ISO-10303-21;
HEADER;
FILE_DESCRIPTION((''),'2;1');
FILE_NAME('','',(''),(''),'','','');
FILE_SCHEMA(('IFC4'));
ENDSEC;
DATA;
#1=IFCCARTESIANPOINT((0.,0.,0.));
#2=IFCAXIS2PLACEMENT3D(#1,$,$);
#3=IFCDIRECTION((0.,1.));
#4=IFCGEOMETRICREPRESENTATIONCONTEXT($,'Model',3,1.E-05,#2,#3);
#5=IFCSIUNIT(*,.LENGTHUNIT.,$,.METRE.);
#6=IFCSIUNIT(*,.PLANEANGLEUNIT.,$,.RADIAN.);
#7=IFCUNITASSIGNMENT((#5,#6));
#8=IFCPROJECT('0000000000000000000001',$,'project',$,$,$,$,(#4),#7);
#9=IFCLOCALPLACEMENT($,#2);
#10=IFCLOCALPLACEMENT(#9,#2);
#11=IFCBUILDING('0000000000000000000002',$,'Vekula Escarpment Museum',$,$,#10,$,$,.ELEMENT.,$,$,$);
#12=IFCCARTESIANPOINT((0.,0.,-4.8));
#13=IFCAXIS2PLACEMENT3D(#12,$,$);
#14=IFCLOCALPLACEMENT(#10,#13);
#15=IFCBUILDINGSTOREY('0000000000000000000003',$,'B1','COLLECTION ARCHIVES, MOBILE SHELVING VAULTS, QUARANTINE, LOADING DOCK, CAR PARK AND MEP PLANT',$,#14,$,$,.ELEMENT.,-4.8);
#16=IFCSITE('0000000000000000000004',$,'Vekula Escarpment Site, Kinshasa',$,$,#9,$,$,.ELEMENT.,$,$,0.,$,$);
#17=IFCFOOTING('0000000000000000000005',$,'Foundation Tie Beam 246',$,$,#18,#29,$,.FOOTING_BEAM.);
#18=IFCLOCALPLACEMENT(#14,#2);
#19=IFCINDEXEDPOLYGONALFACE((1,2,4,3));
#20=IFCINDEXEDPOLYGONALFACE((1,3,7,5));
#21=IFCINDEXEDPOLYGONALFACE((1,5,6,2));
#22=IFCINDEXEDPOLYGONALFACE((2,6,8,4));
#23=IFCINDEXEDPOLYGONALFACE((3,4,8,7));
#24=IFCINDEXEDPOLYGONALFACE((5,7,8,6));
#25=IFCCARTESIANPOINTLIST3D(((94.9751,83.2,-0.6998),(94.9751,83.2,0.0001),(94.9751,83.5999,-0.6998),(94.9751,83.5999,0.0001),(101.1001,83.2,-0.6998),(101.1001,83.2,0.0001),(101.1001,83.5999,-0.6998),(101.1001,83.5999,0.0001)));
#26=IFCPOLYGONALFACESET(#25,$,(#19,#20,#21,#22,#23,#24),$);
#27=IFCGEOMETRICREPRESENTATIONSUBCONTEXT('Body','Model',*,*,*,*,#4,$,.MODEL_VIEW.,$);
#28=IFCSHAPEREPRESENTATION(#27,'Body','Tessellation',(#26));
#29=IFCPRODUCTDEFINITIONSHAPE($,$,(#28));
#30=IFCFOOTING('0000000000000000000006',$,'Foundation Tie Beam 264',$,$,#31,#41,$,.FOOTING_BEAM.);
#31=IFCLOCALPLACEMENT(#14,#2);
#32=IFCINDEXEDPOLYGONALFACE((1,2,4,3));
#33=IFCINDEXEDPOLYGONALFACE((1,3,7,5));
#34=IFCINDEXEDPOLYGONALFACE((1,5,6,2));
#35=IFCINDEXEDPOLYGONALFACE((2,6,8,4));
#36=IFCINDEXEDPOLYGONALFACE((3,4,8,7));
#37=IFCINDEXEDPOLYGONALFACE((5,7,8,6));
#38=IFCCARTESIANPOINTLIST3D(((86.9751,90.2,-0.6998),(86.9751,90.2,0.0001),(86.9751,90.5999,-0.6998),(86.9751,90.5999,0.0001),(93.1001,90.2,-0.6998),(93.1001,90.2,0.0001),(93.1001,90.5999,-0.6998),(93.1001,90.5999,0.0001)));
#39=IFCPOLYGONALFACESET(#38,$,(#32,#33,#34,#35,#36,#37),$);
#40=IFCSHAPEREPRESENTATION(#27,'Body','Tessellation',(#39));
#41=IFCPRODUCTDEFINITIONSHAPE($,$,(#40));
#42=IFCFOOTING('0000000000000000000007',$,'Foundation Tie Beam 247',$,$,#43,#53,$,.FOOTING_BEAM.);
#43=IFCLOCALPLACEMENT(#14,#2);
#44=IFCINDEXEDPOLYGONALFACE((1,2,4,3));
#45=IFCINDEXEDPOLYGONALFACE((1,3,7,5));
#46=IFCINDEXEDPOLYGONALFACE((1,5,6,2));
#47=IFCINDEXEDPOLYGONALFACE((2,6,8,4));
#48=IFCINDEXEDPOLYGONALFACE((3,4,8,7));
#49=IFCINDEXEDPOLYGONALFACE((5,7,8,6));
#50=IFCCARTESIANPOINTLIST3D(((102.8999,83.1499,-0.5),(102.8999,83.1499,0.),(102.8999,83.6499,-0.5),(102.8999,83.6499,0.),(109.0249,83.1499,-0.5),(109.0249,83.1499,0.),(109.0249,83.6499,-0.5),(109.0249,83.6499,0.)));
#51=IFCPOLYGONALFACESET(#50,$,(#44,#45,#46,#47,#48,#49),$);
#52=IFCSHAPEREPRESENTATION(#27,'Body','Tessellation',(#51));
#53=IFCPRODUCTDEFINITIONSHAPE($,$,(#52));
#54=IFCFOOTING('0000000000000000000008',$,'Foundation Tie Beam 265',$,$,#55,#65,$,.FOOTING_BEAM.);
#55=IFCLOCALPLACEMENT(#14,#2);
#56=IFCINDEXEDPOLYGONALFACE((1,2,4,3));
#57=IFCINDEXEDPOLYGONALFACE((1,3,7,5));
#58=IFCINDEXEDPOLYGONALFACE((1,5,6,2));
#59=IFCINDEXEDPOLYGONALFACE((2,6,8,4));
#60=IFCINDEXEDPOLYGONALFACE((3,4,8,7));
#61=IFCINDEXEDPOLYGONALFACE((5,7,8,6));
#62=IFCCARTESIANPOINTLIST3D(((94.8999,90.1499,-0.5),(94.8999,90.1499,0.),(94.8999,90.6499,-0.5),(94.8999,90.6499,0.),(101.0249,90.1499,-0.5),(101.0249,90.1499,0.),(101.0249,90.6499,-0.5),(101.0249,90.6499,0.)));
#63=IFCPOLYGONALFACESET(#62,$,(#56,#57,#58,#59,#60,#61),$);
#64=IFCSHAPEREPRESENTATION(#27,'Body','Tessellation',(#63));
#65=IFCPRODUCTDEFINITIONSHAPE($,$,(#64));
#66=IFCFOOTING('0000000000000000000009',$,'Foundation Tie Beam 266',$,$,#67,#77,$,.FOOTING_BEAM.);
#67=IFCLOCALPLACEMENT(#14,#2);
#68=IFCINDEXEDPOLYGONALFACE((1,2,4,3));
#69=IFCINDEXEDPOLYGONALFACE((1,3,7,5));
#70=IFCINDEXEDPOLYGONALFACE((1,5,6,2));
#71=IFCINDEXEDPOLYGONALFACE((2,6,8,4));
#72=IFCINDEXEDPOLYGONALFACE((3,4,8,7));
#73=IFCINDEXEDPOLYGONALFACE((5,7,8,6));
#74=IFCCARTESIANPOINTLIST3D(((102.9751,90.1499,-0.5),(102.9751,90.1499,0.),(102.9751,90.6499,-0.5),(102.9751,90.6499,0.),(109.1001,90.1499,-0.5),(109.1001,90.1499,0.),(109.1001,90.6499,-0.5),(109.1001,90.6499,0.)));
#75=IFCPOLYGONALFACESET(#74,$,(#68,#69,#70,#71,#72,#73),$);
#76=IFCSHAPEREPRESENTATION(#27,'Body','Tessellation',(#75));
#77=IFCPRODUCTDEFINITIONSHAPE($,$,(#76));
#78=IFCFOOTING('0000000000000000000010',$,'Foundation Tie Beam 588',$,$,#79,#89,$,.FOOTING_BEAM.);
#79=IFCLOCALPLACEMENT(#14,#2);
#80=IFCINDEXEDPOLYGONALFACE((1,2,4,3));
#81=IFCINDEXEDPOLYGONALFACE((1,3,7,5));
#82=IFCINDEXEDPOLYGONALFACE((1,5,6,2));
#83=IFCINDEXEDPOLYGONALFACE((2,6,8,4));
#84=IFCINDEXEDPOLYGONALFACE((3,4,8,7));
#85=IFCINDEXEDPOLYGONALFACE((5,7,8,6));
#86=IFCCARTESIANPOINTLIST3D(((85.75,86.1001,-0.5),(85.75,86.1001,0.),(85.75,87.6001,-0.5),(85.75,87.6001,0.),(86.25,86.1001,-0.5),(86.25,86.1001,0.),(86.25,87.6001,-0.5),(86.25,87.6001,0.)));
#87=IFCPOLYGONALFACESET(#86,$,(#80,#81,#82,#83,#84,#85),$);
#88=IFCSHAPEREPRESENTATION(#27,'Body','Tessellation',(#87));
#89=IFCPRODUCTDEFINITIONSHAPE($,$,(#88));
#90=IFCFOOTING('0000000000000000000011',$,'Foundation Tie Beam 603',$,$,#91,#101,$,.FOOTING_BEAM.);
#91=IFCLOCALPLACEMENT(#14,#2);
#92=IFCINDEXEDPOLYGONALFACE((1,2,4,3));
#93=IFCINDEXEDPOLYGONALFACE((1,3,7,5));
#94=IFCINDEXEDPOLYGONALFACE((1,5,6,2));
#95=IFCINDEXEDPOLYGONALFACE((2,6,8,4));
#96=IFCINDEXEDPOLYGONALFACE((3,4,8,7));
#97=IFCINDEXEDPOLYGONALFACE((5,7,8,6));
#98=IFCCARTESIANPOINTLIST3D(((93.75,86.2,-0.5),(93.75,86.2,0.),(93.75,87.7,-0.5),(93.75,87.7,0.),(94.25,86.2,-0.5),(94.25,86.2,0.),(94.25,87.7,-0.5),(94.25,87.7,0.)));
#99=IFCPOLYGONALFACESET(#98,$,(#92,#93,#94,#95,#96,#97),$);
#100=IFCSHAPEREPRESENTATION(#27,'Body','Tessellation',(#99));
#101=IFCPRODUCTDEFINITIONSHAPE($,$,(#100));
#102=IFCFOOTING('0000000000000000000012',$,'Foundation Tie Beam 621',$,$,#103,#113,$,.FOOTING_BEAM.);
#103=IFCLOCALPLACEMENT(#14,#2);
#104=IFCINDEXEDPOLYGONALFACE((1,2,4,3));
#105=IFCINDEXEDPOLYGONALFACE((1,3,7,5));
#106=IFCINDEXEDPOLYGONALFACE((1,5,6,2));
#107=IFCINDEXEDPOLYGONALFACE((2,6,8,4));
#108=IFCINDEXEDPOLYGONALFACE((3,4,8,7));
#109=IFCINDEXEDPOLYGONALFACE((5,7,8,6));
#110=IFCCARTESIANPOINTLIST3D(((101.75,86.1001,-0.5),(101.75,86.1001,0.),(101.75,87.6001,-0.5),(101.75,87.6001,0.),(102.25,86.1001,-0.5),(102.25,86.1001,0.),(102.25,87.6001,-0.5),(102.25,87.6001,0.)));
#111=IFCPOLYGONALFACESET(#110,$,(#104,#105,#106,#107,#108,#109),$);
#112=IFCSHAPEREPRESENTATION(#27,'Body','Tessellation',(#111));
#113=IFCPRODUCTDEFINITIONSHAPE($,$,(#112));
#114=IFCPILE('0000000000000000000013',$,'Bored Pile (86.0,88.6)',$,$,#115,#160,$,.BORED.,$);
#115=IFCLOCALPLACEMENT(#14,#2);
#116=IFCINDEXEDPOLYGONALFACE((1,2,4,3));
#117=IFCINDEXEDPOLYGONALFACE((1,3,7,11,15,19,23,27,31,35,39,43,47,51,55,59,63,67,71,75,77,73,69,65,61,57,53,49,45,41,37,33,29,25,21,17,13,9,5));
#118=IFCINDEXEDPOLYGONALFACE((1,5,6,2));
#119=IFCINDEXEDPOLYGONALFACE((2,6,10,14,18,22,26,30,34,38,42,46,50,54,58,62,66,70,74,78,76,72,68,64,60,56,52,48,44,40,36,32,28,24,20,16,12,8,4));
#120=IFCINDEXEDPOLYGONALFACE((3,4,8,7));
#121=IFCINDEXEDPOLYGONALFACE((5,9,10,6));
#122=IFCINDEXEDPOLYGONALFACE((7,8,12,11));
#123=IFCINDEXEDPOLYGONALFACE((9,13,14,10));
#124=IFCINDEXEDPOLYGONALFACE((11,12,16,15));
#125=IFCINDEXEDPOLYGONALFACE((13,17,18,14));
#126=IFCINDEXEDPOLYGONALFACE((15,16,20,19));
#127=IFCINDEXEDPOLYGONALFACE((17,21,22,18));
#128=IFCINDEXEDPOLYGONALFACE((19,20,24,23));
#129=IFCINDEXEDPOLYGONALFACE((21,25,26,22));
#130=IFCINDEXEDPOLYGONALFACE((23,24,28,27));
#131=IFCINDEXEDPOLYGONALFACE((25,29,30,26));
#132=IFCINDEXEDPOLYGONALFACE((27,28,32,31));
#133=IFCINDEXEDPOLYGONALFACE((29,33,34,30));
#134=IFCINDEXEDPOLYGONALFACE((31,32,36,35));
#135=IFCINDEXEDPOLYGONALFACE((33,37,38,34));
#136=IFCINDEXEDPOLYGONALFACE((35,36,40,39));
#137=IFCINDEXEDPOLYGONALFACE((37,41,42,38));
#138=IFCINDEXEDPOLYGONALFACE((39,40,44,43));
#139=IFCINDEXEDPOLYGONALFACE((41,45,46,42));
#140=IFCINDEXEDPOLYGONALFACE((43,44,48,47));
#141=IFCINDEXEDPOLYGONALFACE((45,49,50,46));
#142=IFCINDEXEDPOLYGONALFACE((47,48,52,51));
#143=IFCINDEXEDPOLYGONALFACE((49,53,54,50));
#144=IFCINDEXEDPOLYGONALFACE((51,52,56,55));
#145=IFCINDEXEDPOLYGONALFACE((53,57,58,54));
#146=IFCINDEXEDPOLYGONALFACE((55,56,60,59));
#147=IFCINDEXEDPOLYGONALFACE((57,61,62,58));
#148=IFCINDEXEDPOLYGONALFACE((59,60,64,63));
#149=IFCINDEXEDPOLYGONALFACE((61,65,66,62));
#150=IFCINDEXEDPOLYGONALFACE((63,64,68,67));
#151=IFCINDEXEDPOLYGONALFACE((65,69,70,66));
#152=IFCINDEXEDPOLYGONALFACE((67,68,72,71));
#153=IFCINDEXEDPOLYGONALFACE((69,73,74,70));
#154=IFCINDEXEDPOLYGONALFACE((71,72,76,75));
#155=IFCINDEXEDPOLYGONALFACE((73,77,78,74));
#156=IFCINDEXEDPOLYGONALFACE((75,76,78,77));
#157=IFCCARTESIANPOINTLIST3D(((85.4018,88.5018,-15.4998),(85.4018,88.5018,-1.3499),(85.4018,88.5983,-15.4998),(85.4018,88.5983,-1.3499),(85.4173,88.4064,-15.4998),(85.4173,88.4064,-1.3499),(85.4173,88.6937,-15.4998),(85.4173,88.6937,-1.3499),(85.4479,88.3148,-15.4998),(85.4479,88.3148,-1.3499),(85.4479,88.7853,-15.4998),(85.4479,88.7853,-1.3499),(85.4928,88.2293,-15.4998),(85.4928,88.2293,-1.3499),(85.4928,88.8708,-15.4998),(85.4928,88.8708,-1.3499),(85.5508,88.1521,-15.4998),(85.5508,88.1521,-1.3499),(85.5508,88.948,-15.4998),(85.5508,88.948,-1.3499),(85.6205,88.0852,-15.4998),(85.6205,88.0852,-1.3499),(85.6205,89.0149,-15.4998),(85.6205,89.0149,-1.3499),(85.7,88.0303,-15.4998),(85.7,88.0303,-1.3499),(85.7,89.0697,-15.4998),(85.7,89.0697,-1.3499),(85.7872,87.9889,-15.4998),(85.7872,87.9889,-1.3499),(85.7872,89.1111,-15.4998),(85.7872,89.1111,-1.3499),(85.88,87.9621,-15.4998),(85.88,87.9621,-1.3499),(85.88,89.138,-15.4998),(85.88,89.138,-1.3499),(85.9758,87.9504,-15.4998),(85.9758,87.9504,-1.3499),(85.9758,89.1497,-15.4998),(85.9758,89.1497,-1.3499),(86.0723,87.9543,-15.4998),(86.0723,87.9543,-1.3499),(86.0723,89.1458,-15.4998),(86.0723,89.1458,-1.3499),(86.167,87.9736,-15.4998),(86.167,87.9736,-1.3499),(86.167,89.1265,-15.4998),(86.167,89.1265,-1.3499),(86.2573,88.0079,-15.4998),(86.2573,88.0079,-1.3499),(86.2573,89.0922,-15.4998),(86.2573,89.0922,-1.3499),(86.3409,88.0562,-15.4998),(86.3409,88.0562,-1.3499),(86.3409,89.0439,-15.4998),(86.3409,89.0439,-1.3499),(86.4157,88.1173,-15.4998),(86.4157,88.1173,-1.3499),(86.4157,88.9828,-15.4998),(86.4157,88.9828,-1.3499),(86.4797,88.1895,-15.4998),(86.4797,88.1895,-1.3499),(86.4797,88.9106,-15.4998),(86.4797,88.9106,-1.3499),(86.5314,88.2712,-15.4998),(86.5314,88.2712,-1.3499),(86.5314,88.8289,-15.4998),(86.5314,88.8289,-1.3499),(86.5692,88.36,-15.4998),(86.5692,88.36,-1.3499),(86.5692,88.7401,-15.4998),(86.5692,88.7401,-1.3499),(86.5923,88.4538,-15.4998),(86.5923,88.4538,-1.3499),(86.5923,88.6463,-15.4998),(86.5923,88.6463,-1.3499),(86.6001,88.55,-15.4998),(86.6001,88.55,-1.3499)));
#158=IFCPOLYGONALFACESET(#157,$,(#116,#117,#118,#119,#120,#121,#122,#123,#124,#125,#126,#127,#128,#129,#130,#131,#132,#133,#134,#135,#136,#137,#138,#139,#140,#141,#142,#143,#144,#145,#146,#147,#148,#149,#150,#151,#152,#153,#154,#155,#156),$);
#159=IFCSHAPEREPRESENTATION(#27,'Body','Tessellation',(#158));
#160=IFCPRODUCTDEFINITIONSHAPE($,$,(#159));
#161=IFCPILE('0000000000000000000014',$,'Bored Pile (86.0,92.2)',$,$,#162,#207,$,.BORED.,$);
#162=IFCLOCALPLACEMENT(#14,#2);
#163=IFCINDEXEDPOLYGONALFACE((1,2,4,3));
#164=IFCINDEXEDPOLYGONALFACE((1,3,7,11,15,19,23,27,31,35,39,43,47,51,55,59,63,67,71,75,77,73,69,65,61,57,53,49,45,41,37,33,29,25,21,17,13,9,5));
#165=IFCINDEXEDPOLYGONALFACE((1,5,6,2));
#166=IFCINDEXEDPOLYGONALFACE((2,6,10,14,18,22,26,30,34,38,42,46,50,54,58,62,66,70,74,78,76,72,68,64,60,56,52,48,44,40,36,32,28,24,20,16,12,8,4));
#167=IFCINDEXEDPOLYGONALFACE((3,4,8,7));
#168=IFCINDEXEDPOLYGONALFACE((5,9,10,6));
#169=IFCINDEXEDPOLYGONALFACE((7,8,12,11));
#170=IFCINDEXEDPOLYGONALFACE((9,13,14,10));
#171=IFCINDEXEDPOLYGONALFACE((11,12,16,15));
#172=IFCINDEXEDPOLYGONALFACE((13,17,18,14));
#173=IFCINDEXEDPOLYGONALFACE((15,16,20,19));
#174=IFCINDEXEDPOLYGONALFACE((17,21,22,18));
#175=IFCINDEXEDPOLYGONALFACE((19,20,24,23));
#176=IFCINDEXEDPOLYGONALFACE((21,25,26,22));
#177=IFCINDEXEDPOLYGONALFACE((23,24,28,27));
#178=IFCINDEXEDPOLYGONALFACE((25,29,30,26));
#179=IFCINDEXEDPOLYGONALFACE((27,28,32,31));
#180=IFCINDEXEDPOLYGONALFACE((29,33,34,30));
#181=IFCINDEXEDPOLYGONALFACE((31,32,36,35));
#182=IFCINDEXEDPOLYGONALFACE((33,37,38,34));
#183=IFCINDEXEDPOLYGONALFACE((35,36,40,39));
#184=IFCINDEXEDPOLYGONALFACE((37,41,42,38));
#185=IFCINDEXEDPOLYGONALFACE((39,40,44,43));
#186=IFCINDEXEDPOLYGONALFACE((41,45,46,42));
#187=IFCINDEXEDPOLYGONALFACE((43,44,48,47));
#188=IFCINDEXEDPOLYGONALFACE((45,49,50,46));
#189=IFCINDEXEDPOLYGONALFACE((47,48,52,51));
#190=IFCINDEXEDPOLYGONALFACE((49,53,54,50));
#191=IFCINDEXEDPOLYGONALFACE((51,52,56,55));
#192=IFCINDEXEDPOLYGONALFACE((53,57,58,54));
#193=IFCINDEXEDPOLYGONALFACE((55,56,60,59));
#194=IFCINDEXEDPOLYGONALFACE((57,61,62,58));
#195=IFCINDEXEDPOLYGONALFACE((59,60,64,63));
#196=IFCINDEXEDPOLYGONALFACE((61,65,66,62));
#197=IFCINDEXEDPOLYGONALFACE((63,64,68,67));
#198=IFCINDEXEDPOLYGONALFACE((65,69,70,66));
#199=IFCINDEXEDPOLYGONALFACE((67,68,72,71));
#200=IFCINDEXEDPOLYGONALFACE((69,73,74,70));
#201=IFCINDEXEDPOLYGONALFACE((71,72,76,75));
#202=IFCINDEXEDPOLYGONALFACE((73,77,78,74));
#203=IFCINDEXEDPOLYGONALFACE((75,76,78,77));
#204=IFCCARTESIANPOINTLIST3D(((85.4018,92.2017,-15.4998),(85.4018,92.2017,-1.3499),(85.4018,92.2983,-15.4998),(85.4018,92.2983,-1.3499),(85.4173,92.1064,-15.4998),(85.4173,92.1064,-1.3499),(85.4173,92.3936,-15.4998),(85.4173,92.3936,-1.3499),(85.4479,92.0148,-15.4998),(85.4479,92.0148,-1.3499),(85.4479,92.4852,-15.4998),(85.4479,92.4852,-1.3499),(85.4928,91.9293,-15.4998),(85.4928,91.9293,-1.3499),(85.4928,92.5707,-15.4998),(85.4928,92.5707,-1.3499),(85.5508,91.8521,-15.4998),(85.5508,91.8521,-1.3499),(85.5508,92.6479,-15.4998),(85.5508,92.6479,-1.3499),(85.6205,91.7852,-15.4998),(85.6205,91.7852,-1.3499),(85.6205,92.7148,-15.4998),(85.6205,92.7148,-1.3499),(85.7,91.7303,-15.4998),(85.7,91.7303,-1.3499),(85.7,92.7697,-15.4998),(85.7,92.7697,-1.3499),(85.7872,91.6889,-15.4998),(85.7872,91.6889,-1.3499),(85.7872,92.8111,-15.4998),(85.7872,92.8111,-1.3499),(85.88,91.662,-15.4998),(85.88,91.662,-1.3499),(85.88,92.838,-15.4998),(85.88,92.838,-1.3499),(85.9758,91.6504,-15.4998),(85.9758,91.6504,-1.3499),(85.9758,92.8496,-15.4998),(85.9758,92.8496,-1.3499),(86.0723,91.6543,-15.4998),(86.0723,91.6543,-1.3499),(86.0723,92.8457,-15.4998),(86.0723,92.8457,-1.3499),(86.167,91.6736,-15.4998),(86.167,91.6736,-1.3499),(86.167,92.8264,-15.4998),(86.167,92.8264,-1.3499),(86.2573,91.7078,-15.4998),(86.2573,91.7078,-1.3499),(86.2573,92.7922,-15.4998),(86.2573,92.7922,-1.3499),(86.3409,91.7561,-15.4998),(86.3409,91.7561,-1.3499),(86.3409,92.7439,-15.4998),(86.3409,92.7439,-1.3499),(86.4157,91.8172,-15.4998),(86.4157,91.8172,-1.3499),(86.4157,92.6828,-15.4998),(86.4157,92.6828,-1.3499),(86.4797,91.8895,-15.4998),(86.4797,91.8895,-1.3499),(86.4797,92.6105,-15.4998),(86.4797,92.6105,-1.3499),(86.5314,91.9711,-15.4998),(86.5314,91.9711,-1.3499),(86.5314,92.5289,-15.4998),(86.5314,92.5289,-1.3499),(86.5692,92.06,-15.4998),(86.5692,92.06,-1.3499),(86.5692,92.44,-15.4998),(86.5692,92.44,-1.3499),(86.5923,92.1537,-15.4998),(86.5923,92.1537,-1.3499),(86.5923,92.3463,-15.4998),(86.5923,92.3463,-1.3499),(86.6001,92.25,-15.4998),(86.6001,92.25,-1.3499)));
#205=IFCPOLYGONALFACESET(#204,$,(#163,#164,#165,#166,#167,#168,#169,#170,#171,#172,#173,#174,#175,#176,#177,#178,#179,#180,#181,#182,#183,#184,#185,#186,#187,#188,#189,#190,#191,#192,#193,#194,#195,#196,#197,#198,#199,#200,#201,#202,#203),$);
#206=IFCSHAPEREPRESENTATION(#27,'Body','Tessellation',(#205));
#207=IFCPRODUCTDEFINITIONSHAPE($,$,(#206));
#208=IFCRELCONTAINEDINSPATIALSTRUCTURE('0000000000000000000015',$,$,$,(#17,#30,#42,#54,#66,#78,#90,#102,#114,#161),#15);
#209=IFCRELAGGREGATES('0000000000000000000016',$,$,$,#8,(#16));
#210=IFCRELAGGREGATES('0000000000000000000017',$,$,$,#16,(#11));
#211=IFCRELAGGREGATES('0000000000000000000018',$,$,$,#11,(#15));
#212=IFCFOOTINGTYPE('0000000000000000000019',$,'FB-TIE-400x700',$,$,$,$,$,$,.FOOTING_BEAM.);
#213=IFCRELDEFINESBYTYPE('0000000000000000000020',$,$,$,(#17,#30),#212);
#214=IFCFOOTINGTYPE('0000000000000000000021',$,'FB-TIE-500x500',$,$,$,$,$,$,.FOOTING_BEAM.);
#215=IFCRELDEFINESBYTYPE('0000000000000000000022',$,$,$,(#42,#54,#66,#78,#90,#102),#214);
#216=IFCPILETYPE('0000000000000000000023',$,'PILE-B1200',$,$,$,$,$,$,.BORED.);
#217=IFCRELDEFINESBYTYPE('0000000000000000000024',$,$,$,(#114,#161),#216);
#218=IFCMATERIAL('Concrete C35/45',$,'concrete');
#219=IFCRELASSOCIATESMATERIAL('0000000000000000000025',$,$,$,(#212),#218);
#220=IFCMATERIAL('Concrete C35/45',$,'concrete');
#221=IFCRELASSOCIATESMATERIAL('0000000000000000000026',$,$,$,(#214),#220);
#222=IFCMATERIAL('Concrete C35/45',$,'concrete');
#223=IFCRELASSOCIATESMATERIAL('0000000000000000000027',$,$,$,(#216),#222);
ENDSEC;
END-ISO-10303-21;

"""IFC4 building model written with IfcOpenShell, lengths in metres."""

from ifc_helpers import new_model, si_unit, direction, frame, origin, origin_2d, place, context, subcontext, project, spatial, rectangle, circle, extrude, material, material_profile, profile_set, type_object, element, save


model = new_model("IFC4")

# Units and contexts
model_context = context("Model", 3, precision=1e-05, world=origin(), true_north=direction((0.0, 1.0)))
body_context = subcontext(model_context, "Body", "Model", "MODEL_VIEW")
ifc_project = project(units=[si_unit("LENGTHUNIT", "METRE"), si_unit("PLANEANGLEUNIT", "RADIAN")], contexts=[model_context])

# Site, building, storey
site_placement = place(None, origin())
site = spatial("IfcSite", under=ifc_project, at=site_placement, Name="Vekula Escarpment Site, Kinshasa", CompositionType="ELEMENT", RefElevation=0.0)
building_placement = place(site_placement, origin())
building = spatial("IfcBuilding", under=site, at=building_placement, Name="Vekula Escarpment Museum", CompositionType="ELEMENT")
storey_placement = place(building_placement, frame((0.0, 0.0, -4.8)))
storey = spatial("IfcBuildingStorey", under=building, at=storey_placement, Name="B1", Description="COLLECTION ARCHIVES, MOBILE SHELVING VAULTS, QUARANTINE, LOADING DOCK, CAR PARK AND MEP PLANT", CompositionType="ELEMENT", Elevation=-4.8)

# Footings
ifc_material_1 = material(Name="Concrete C35/45", Category="concrete")
ifc_material_profile_1 = material_profile(ifc_material_1, rectangle(XDim=0.3999, YDim=0.7, at=origin_2d()), Name="RC 400x700")
ifc_profile_set_1 = profile_set([ifc_material_profile_1], Name="Concrete C35/45")
footing_type_1 = type_object("IfcFootingType", Name="FB-TIE-400x700", PredefinedType="FOOTING_BEAM", material=ifc_profile_set_1)
for number, where, z_axis, x_axis, name in (
    (1, (94.9751, 83.3999, -0.3499), (1.0, 0.0, 0.0), (0.0, 1.0, 0.0), "Foundation Tie Beam 246"),
    (2, (86.9751, 90.3999, -0.3499), (1.0, 0.0, 0.0), (0.0, 1.0, 0.0), "Foundation Tie Beam 264"),
):
    element("IfcFooting", number, at=place(storey_placement, frame(where, z_axis=z_axis, x_axis=x_axis)), inside=storey, type_object=footing_type_1, Name=name, PredefinedType="FOOTING_BEAM", context=body_context, shape_type="SweptSolid", body=[
        extrude(rectangle(XDim=0.3999, YDim=0.7, at=origin_2d()), origin(), (0.0, 0.0, 1.0), 6.125),
    ])
ifc_material_2 = material(Name="Concrete C35/45", Category="concrete")
ifc_material_profile_2 = material_profile(ifc_material_2, rectangle(XDim=0.5, YDim=0.5, at=origin_2d()), Name="RC 500x500")
ifc_profile_set_2 = profile_set([ifc_material_profile_2], Name="Concrete C35/45")
footing_type_2 = type_object("IfcFootingType", Name="FB-TIE-500x500", PredefinedType="FOOTING_BEAM", material=ifc_profile_set_2)
for number, where, z_axis, x_axis, name in (
    (3, (102.8999, 83.3999, -0.25), (1.0, 0.0, 0.0), (0.0, 1.0, 0.0), "Foundation Tie Beam 247"),
    (4, (94.8999, 90.3999, -0.25), (1.0, 0.0, 0.0), (0.0, 1.0, 0.0), "Foundation Tie Beam 265"),
    (5, (102.9751, 90.3999, -0.25), (1.0, 0.0, 0.0), (0.0, 1.0, 0.0), "Foundation Tie Beam 266"),
):
    element("IfcFooting", number, at=place(storey_placement, frame(where, z_axis=z_axis, x_axis=x_axis)), inside=storey, type_object=footing_type_2, Name=name, PredefinedType="FOOTING_BEAM", context=body_context, shape_type="SweptSolid", body=[
        extrude(rectangle(XDim=0.5, YDim=0.5, at=origin_2d()), origin(), (0.0, 0.0, 1.0), 6.125),
    ])
for number, where, z_axis, x_axis, name in (
    (6, (86.0, 86.1001, -0.25), (0.0, 1.0, 0.0), (-1.0, 0.0, 0.0), "Foundation Tie Beam 588"),
    (7, (94.0, 86.2, -0.25), (0.0, 1.0, 0.0), (-1.0, 0.0, 0.0), "Foundation Tie Beam 603"),
    (8, (102.0, 86.1001, -0.25), (0.0, 1.0, 0.0), (-1.0, 0.0, 0.0), "Foundation Tie Beam 621"),
):
    element("IfcFooting", number, at=place(storey_placement, frame(where, z_axis=z_axis, x_axis=x_axis)), inside=storey, type_object=footing_type_2, Name=name, PredefinedType="FOOTING_BEAM", context=body_context, shape_type="SweptSolid", body=[
        extrude(rectangle(XDim=0.5, YDim=0.5, at=origin_2d()), origin(), (0.0, 0.0, 1.0), 1.5),
    ])

# Piles
ifc_material_3 = material(Name="Concrete C35/45", Category="concrete")
ifc_material_profile_3 = material_profile(ifc_material_3, circle(Radius=0.6001, at=origin_2d()), Name="BORED PILE 1200")
ifc_profile_set_3 = profile_set([ifc_material_profile_3], Name="Concrete C35/45")
pile_type = type_object("IfcPileType", Name="PILE-B1200", PredefinedType="BORED", material=ifc_profile_set_3)
for number, where, z_axis, x_axis, name in (
    (9, (86.0, 88.55, -1.3499), (0.0, 0.0, -1.0), (1.0, 0.0, 0.0), "Bored Pile (86.0,88.6)"),
    (10, (86.0, 92.25, -1.3499), (0.0, 0.0, -1.0), (1.0, 0.0, 0.0), "Bored Pile (86.0,92.2)"),
):
    element("IfcPile", number, at=place(storey_placement, frame(where, z_axis=z_axis, x_axis=x_axis)), inside=storey, type_object=pile_type, Name=name, PredefinedType="BORED", context=body_context, shape_type="SweptSolid", body=[
        extrude(circle(Radius=0.6001, at=origin_2d()), origin(), (0.0, 0.0, 1.0), 14.1499),
    ])

save(model, "model.ifc")
